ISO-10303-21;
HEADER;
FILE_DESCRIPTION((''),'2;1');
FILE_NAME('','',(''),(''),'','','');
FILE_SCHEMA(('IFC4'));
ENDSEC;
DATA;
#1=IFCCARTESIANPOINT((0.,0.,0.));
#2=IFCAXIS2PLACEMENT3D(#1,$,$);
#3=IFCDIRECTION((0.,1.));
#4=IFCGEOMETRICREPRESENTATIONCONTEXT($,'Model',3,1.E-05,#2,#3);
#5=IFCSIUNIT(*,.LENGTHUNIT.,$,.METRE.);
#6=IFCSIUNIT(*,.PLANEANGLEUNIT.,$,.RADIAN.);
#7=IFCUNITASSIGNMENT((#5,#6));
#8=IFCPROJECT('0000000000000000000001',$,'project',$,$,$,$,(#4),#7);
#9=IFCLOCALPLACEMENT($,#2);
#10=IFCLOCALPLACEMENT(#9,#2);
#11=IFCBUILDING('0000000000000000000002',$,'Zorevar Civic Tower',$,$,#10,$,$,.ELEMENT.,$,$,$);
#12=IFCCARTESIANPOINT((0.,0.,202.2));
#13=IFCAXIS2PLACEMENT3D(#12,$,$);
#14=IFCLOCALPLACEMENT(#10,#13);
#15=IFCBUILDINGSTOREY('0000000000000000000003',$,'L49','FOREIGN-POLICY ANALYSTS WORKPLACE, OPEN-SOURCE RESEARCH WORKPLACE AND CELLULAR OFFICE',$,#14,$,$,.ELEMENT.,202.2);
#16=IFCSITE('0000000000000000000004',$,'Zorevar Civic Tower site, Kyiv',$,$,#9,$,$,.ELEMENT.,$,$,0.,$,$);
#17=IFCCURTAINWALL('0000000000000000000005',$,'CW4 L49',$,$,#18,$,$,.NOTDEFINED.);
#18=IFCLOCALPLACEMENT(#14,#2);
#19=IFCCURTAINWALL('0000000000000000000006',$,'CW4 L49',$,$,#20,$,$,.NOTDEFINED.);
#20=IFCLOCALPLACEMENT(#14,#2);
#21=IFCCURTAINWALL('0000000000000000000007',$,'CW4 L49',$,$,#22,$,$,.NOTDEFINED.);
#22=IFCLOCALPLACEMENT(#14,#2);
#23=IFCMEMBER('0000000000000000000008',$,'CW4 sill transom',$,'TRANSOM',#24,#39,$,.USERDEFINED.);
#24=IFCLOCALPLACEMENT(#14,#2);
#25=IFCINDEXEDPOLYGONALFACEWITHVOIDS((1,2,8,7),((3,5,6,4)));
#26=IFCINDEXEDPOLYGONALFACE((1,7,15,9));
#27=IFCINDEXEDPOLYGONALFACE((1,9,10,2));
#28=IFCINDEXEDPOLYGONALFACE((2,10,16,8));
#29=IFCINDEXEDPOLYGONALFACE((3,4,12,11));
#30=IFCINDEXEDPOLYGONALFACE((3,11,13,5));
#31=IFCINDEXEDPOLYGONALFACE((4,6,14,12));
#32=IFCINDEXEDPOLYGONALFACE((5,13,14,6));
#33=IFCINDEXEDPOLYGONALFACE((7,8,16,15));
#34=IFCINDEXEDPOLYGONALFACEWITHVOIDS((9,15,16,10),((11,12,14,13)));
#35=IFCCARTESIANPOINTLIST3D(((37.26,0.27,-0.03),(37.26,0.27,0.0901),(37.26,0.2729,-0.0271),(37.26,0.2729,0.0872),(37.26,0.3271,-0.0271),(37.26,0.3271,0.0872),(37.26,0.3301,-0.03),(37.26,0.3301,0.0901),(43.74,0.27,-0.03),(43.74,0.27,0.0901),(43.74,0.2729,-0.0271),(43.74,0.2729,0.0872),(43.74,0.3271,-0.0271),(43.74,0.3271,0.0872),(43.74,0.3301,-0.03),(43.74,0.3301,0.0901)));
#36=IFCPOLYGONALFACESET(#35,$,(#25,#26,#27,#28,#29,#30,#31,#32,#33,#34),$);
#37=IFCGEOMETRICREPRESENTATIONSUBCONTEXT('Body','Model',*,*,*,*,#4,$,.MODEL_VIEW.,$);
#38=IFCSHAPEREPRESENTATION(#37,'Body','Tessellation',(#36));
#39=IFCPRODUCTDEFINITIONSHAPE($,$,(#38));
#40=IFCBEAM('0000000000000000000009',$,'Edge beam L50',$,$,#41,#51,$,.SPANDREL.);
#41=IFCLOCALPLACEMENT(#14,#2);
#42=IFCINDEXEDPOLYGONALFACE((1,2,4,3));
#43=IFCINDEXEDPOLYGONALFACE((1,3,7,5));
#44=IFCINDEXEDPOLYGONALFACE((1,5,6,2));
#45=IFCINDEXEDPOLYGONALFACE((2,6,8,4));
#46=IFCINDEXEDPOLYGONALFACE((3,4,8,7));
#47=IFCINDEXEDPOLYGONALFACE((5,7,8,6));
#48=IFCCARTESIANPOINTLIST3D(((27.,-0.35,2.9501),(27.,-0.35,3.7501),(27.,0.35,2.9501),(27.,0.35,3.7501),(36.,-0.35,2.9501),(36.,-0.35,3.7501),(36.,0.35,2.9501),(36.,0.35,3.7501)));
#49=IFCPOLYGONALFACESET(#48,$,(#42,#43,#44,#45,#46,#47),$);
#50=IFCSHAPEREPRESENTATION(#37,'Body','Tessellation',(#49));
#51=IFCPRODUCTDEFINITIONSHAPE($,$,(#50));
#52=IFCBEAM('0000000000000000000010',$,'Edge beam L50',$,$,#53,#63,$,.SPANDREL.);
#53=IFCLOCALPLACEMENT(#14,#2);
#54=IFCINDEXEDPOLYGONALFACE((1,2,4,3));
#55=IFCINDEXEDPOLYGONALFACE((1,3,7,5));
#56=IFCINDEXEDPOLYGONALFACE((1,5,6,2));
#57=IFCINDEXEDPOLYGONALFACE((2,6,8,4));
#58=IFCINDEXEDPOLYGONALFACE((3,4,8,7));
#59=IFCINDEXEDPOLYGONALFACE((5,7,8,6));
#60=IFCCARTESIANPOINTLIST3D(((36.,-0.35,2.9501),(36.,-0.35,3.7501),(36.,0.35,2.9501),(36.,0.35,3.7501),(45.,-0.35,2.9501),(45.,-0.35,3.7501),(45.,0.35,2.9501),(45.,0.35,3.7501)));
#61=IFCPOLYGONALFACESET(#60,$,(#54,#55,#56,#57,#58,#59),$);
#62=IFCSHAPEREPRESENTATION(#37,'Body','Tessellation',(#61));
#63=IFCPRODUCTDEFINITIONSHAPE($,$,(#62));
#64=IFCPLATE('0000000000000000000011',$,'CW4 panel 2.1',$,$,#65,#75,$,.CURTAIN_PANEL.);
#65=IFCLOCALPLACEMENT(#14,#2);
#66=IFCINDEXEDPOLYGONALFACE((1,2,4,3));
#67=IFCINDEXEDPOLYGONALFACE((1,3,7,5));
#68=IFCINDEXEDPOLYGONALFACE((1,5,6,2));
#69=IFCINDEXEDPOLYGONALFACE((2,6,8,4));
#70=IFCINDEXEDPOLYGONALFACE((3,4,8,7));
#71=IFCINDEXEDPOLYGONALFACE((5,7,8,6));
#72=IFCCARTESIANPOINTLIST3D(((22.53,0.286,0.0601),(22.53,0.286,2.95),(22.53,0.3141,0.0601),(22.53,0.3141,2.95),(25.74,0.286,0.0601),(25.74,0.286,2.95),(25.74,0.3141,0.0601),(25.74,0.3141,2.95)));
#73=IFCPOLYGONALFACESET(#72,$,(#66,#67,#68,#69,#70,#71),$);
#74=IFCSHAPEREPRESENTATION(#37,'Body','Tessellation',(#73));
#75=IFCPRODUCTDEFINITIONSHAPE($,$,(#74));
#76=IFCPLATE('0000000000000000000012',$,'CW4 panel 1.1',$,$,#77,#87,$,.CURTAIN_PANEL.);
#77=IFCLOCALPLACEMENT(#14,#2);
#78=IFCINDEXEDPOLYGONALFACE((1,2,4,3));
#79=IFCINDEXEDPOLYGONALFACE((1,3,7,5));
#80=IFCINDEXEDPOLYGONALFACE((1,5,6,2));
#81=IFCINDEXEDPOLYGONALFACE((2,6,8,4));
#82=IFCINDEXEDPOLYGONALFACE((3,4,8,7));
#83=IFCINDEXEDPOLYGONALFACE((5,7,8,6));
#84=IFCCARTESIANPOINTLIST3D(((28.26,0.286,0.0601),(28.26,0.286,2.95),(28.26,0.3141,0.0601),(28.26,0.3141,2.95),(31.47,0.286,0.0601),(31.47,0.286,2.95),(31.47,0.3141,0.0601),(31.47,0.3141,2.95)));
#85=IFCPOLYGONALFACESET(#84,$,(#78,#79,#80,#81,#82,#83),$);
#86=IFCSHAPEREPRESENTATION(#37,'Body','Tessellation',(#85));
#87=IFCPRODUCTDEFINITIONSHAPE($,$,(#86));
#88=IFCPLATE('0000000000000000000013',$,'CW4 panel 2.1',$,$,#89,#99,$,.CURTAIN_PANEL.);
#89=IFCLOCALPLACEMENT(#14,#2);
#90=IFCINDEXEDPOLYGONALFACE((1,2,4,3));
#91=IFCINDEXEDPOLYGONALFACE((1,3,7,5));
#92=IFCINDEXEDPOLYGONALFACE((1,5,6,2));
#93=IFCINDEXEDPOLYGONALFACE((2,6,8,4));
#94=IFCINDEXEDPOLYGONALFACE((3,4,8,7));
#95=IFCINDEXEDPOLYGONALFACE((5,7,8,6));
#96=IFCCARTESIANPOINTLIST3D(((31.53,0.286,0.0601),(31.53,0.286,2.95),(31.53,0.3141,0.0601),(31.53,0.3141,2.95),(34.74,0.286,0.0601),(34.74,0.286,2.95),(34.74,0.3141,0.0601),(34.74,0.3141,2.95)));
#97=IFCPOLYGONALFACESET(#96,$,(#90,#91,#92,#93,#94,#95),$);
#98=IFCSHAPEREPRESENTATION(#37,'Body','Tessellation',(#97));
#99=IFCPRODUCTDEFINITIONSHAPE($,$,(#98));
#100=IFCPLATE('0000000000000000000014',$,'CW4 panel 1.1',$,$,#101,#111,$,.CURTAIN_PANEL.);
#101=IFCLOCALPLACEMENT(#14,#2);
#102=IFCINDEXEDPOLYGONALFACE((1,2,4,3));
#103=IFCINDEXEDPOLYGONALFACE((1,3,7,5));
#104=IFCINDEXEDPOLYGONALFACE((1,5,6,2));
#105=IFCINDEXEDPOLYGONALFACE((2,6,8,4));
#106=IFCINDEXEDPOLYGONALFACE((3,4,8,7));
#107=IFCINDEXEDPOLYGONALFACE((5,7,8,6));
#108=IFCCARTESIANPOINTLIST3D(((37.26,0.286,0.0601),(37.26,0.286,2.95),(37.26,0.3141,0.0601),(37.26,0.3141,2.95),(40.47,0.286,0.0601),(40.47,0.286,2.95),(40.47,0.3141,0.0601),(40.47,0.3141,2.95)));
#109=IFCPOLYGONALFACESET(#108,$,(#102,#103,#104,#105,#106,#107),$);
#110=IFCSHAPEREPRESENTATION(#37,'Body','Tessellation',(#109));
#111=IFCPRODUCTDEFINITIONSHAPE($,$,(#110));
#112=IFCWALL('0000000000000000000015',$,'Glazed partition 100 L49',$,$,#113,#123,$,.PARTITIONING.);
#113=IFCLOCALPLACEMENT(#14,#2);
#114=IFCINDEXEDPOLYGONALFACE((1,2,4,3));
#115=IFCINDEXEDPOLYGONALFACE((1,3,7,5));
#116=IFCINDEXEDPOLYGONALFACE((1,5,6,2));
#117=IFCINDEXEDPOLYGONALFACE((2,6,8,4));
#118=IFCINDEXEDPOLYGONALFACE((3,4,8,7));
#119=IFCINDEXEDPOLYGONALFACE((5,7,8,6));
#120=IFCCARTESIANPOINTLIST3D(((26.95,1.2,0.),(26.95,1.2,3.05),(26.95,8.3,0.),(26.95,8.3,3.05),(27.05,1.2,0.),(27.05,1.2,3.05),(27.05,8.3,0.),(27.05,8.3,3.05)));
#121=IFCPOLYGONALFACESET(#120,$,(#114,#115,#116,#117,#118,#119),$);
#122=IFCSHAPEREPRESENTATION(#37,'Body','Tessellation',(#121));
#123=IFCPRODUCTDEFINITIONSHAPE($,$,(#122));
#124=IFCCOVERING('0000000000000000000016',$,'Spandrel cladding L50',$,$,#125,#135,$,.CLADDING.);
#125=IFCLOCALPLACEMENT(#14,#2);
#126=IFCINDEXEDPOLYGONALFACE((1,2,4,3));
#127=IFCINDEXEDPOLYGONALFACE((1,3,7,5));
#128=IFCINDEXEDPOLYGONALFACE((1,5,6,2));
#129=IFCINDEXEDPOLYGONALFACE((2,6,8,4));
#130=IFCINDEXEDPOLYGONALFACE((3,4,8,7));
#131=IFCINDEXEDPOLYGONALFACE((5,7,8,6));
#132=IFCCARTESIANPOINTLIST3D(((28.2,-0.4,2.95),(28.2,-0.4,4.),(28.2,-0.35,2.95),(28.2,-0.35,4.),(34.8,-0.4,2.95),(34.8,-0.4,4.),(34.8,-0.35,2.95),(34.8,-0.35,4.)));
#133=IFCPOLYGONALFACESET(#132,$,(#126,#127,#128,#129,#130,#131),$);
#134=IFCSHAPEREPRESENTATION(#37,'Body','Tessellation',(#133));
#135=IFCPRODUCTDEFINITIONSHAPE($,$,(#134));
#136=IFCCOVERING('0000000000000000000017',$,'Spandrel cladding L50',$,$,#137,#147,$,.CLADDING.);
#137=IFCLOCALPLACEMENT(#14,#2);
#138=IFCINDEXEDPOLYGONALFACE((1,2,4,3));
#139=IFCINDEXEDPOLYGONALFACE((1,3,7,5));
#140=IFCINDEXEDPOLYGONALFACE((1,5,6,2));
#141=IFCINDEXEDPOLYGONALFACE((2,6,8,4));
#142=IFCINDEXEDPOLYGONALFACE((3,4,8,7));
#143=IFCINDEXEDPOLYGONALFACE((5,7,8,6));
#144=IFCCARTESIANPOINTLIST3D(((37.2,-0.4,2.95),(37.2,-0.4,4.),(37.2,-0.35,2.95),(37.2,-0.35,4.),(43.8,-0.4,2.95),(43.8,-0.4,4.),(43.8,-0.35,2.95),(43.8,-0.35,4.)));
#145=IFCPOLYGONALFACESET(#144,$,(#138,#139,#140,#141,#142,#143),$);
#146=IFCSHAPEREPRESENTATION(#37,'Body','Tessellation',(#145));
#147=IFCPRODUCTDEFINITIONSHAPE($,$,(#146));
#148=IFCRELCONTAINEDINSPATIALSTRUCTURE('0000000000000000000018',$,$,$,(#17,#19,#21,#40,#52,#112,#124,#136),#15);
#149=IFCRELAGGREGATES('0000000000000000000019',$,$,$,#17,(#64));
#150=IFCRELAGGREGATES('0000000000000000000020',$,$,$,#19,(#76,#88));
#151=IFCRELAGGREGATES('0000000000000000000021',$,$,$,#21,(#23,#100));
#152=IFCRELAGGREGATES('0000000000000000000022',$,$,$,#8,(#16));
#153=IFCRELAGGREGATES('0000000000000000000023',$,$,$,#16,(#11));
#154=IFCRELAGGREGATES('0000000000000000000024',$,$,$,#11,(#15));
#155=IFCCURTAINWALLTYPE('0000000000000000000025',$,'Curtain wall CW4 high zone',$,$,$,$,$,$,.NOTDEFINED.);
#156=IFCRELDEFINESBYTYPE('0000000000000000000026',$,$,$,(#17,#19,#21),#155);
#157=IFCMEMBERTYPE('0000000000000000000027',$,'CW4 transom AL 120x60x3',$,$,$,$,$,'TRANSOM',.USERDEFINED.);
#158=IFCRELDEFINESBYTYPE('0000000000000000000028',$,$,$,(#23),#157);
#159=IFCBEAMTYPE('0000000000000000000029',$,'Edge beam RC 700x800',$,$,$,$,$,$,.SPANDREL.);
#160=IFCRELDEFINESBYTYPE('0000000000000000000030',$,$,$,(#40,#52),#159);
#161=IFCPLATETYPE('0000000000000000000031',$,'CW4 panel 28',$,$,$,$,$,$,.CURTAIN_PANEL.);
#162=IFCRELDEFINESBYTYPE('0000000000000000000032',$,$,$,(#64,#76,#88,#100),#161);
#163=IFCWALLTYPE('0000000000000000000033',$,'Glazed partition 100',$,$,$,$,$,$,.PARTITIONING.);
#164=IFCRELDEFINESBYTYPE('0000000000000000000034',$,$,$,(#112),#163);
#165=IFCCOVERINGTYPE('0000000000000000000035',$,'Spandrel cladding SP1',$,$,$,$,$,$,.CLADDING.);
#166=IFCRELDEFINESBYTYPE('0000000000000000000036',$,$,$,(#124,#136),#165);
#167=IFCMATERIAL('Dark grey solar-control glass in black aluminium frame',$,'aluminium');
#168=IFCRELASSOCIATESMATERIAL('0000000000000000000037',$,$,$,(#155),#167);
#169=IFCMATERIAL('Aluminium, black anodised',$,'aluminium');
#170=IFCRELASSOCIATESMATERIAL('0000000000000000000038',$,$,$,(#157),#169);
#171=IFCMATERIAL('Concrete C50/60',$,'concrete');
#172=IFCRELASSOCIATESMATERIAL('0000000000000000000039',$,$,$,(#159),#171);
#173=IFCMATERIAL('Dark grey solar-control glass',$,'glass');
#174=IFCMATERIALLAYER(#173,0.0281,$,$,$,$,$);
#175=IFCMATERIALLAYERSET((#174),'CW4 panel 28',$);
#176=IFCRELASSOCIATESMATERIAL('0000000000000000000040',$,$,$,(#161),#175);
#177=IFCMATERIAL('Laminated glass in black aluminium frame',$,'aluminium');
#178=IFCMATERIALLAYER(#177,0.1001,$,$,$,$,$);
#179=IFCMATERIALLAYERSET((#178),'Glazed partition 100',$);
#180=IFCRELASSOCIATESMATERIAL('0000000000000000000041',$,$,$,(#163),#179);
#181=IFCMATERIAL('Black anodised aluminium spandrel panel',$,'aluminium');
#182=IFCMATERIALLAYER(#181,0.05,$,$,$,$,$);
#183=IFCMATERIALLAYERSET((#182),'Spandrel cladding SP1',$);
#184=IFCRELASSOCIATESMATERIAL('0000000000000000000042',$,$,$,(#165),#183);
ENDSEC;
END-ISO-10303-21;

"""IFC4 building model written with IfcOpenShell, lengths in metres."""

from ifc_helpers import new_model, si_unit, direction, frame, frame_2d, origin, origin_2d, place, context, subcontext, project, spatial, rectangle, hollow_rectangle, extrude, material, layer, layer_set, material_profile, profile_set, type_object, element, aggregate, save


model = new_model("IFC4")

# Units and contexts
model_context = context("Model", 3, precision=1e-05, world=origin(), true_north=direction((0.0, 1.0)))
body_context = subcontext(model_context, "Body", "Model", "MODEL_VIEW")
ifc_project = project(units=[si_unit("LENGTHUNIT", "METRE"), si_unit("PLANEANGLEUNIT", "RADIAN")], contexts=[model_context])

# Site, building, storey
site_placement = place(None, origin())
site = spatial("IfcSite", under=ifc_project, at=site_placement, Name="Zorevar Civic Tower site, Kyiv", CompositionType="ELEMENT", RefElevation=0.0)
building_placement = place(site_placement, origin())
building = spatial("IfcBuilding", under=site, at=building_placement, Name="Zorevar Civic Tower", CompositionType="ELEMENT")
storey_placement = place(building_placement, frame((0.0, 0.0, 202.2)))
storey = spatial("IfcBuildingStorey", under=building, at=storey_placement, Name="L49", Description="FOREIGN-POLICY ANALYSTS WORKPLACE, OPEN-SOURCE RESEARCH WORKPLACE AND CELLULAR OFFICE", CompositionType="ELEMENT", Elevation=202.2)

# Curtain wall
ifc_material_1 = material(Name="Dark grey solar-control glass in black aluminium frame", Category="aluminium")
curtain_wall_type = type_object("IfcCurtainWallType", Name="Curtain wall CW4 high zone", PredefinedType="NOTDEFINED", material=ifc_material_1)
curtain_wall_1_placement = place(storey_placement, origin())
curtain_wall_1 = element("IfcCurtainWall", 1, at=curtain_wall_1_placement, inside=storey, type_object=curtain_wall_type, Name="CW4 L49", PredefinedType="NOTDEFINED")

# Curtain walls
curtain_wall_2_placement = place(storey_placement, origin())
curtain_wall_2 = element("IfcCurtainWall", 2, at=curtain_wall_2_placement, inside=storey, type_object=curtain_wall_type, Name="CW4 L49", PredefinedType="NOTDEFINED")
curtain_wall_3_placement = place(storey_placement, origin())
curtain_wall_3 = element("IfcCurtainWall", 3, at=curtain_wall_3_placement, inside=storey, type_object=curtain_wall_type, Name="CW4 L49", PredefinedType="NOTDEFINED")

# Member
ifc_material_2 = material(Name="Aluminium, black anodised", Category="aluminium")
ifc_material_profile_1 = material_profile(ifc_material_2, hollow_rectangle(XDim=0.0601, YDim=0.1201, WallThickness=0.0029, at=origin_2d()), Name="AL 120x60x3")
ifc_profile_set_1 = profile_set([ifc_material_profile_1], Name="Aluminium, black anodised")
member_type_1 = type_object("IfcMemberType", Name="CW4 transom AL 120x60x3", ElementType="TRANSOM", PredefinedType="USERDEFINED", material=ifc_profile_set_1)
member_1_placement = place(storey_placement, frame((37.26, 0.3, 0.03), z_axis=(1.0, 0.0, 0.0), x_axis=(0.0, 1.0, 0.0)))
member_1 = element("IfcMember", 4, at=member_1_placement, type_object=member_type_1, Name="CW4 sill transom", ObjectType="TRANSOM", PredefinedType="USERDEFINED", context=body_context, shape_type="SweptSolid", body=[
    extrude(hollow_rectangle(XDim=0.0601, YDim=0.1201, WallThickness=0.0029, at=origin_2d()), origin(), (0.0, 0.0, 1.0), 6.48),
])

# Beams
ifc_material_3 = material(Name="Concrete C50/60", Category="concrete")
ifc_material_profile_2 = material_profile(ifc_material_3, rectangle(XDim=0.7, YDim=0.8, at=origin_2d()), Name="RC 700x800")
ifc_profile_set_2 = profile_set([ifc_material_profile_2], Name="Concrete C50/60")
beam_type_1 = type_object("IfcBeamType", Name="Edge beam RC 700x800", PredefinedType="SPANDREL", material=ifc_profile_set_2)
for number, where, z_axis, x_axis, name in (
    (5, (27.0, 0.0, 3.3501), (1.0, 0.0, 0.0), (0.0, 1.0, 0.0), "Edge beam L50"),
    (6, (36.0, 0.0, 3.3501), (1.0, 0.0, 0.0), (0.0, 1.0, 0.0), "Edge beam L50"),
):
    element("IfcBeam", number, at=place(storey_placement, frame(where, z_axis=z_axis, x_axis=x_axis)), inside=storey, type_object=beam_type_1, Name=name, PredefinedType="SPANDREL", context=body_context, shape_type="SweptSolid", body=[
        extrude(rectangle(XDim=0.7, YDim=0.8, at=origin_2d()), origin(), (0.0, 0.0, 1.0), 9.0),
    ])

# Plates
ifc_material_4 = material(Name="Dark grey solar-control glass", Category="glass")
ifc_layer_1 = layer(ifc_material_4, 0.0281)
ifc_layer_set_1 = layer_set([ifc_layer_1], Name="CW4 panel 28")
plate_type = type_object("IfcPlateType", Name="CW4 panel 28", PredefinedType="CURTAIN_PANEL", material=ifc_layer_set_1)
plate_1_placement = place(storey_placement, frame((24.135, 0.3, 0.0601), z_axis=(0.0, 0.0, 1.0), x_axis=(1.0, 0.0, 0.0)))
plate_1 = element("IfcPlate", 7, at=plate_1_placement, type_object=plate_type, Name="CW4 panel 2.1", PredefinedType="CURTAIN_PANEL", context=body_context, shape_type="SweptSolid", body=[
    extrude(rectangle(XDim=3.21, YDim=0.0281, at=origin_2d()), origin(), (0.0, 0.0, 1.0), 2.8899),
])
aggregate(curtain_wall_1, [plate_1])
plate_2_placement = place(storey_placement, frame((29.865, 0.3, 0.0601), z_axis=(0.0, 0.0, 1.0), x_axis=(1.0, 0.0, 0.0)))
plate_2 = element("IfcPlate", 8, at=plate_2_placement, type_object=plate_type, Name="CW4 panel 1.1", PredefinedType="CURTAIN_PANEL", context=body_context, shape_type="SweptSolid", body=[
    extrude(rectangle(XDim=3.21, YDim=0.0281, at=origin_2d()), origin(), (0.0, 0.0, 1.0), 2.8899),
])
plate_3_placement = place(storey_placement, frame((33.135, 0.3, 0.0601), z_axis=(0.0, 0.0, 1.0), x_axis=(1.0, 0.0, 0.0)))
plate_3 = element("IfcPlate", 9, at=plate_3_placement, type_object=plate_type, Name="CW4 panel 2.1", PredefinedType="CURTAIN_PANEL", context=body_context, shape_type="SweptSolid", body=[
    extrude(rectangle(XDim=3.21, YDim=0.0281, at=origin_2d()), origin(), (0.0, 0.0, 1.0), 2.8899),
])
aggregate(curtain_wall_2, [plate_2, plate_3])
plate_4_placement = place(storey_placement, frame((38.865, 0.3, 0.0601), z_axis=(0.0, 0.0, 1.0), x_axis=(1.0, 0.0, 0.0)))
plate_4 = element("IfcPlate", 10, at=plate_4_placement, type_object=plate_type, Name="CW4 panel 1.1", PredefinedType="CURTAIN_PANEL", context=body_context, shape_type="SweptSolid", body=[
    extrude(rectangle(XDim=3.21, YDim=0.0281, at=origin_2d()), origin(), (0.0, 0.0, 1.0), 2.8899),
])
aggregate(curtain_wall_3, [member_1, plate_4])

# Wall
ifc_material_5 = material(Name="Laminated glass in black aluminium frame", Category="aluminium")
ifc_layer_2 = layer(ifc_material_5, 0.1001)
ifc_layer_set_2 = layer_set([ifc_layer_2], Name="Glazed partition 100")
wall_type = type_object("IfcWallType", Name="Glazed partition 100", PredefinedType="PARTITIONING", material=ifc_layer_set_2)
wall_placement = place(storey_placement, frame((27.0, 1.2, 0.0), z_axis=(0.0, 0.0, 1.0), x_axis=(0.0, 1.0, 0.0)))
element("IfcWall", 11, at=wall_placement, inside=storey, type_object=wall_type, Name="Glazed partition 100 L49", PredefinedType="PARTITIONING", context=body_context, shape_type="SweptSolid", body=[
    extrude(rectangle(XDim=7.1001, YDim=0.1001, at=frame_2d((3.55, 0.0))), origin(), (0.0, 0.0, 1.0), 3.05),
])

# Coverings
ifc_material_6 = material(Name="Black anodised aluminium spandrel panel", Category="aluminium")
ifc_layer_3 = layer(ifc_material_6, 0.05)
ifc_layer_set_3 = layer_set([ifc_layer_3], Name="Spandrel cladding SP1")
covering_type = type_object("IfcCoveringType", Name="Spandrel cladding SP1", PredefinedType="CLADDING", material=ifc_layer_set_3)
for number, where, z_axis, x_axis, name in (
    (12, (28.2, -0.375, 2.95), (0.0, 0.0, 1.0), (1.0, 0.0, 0.0), "Spandrel cladding L50"),
    (13, (37.2, -0.375, 2.95), (0.0, 0.0, 1.0), (1.0, 0.0, 0.0), "Spandrel cladding L50"),
):
    element("IfcCovering", number, at=place(storey_placement, frame(where, z_axis=z_axis, x_axis=x_axis)), inside=storey, type_object=covering_type, Name=name, PredefinedType="CLADDING", context=body_context, shape_type="SweptSolid", body=[
        extrude(rectangle(XDim=6.6001, YDim=0.05, at=frame_2d((3.3, 0.0))), origin(), (0.0, 0.0, 1.0), 1.05),
    ])

save(model, "model.ifc")
